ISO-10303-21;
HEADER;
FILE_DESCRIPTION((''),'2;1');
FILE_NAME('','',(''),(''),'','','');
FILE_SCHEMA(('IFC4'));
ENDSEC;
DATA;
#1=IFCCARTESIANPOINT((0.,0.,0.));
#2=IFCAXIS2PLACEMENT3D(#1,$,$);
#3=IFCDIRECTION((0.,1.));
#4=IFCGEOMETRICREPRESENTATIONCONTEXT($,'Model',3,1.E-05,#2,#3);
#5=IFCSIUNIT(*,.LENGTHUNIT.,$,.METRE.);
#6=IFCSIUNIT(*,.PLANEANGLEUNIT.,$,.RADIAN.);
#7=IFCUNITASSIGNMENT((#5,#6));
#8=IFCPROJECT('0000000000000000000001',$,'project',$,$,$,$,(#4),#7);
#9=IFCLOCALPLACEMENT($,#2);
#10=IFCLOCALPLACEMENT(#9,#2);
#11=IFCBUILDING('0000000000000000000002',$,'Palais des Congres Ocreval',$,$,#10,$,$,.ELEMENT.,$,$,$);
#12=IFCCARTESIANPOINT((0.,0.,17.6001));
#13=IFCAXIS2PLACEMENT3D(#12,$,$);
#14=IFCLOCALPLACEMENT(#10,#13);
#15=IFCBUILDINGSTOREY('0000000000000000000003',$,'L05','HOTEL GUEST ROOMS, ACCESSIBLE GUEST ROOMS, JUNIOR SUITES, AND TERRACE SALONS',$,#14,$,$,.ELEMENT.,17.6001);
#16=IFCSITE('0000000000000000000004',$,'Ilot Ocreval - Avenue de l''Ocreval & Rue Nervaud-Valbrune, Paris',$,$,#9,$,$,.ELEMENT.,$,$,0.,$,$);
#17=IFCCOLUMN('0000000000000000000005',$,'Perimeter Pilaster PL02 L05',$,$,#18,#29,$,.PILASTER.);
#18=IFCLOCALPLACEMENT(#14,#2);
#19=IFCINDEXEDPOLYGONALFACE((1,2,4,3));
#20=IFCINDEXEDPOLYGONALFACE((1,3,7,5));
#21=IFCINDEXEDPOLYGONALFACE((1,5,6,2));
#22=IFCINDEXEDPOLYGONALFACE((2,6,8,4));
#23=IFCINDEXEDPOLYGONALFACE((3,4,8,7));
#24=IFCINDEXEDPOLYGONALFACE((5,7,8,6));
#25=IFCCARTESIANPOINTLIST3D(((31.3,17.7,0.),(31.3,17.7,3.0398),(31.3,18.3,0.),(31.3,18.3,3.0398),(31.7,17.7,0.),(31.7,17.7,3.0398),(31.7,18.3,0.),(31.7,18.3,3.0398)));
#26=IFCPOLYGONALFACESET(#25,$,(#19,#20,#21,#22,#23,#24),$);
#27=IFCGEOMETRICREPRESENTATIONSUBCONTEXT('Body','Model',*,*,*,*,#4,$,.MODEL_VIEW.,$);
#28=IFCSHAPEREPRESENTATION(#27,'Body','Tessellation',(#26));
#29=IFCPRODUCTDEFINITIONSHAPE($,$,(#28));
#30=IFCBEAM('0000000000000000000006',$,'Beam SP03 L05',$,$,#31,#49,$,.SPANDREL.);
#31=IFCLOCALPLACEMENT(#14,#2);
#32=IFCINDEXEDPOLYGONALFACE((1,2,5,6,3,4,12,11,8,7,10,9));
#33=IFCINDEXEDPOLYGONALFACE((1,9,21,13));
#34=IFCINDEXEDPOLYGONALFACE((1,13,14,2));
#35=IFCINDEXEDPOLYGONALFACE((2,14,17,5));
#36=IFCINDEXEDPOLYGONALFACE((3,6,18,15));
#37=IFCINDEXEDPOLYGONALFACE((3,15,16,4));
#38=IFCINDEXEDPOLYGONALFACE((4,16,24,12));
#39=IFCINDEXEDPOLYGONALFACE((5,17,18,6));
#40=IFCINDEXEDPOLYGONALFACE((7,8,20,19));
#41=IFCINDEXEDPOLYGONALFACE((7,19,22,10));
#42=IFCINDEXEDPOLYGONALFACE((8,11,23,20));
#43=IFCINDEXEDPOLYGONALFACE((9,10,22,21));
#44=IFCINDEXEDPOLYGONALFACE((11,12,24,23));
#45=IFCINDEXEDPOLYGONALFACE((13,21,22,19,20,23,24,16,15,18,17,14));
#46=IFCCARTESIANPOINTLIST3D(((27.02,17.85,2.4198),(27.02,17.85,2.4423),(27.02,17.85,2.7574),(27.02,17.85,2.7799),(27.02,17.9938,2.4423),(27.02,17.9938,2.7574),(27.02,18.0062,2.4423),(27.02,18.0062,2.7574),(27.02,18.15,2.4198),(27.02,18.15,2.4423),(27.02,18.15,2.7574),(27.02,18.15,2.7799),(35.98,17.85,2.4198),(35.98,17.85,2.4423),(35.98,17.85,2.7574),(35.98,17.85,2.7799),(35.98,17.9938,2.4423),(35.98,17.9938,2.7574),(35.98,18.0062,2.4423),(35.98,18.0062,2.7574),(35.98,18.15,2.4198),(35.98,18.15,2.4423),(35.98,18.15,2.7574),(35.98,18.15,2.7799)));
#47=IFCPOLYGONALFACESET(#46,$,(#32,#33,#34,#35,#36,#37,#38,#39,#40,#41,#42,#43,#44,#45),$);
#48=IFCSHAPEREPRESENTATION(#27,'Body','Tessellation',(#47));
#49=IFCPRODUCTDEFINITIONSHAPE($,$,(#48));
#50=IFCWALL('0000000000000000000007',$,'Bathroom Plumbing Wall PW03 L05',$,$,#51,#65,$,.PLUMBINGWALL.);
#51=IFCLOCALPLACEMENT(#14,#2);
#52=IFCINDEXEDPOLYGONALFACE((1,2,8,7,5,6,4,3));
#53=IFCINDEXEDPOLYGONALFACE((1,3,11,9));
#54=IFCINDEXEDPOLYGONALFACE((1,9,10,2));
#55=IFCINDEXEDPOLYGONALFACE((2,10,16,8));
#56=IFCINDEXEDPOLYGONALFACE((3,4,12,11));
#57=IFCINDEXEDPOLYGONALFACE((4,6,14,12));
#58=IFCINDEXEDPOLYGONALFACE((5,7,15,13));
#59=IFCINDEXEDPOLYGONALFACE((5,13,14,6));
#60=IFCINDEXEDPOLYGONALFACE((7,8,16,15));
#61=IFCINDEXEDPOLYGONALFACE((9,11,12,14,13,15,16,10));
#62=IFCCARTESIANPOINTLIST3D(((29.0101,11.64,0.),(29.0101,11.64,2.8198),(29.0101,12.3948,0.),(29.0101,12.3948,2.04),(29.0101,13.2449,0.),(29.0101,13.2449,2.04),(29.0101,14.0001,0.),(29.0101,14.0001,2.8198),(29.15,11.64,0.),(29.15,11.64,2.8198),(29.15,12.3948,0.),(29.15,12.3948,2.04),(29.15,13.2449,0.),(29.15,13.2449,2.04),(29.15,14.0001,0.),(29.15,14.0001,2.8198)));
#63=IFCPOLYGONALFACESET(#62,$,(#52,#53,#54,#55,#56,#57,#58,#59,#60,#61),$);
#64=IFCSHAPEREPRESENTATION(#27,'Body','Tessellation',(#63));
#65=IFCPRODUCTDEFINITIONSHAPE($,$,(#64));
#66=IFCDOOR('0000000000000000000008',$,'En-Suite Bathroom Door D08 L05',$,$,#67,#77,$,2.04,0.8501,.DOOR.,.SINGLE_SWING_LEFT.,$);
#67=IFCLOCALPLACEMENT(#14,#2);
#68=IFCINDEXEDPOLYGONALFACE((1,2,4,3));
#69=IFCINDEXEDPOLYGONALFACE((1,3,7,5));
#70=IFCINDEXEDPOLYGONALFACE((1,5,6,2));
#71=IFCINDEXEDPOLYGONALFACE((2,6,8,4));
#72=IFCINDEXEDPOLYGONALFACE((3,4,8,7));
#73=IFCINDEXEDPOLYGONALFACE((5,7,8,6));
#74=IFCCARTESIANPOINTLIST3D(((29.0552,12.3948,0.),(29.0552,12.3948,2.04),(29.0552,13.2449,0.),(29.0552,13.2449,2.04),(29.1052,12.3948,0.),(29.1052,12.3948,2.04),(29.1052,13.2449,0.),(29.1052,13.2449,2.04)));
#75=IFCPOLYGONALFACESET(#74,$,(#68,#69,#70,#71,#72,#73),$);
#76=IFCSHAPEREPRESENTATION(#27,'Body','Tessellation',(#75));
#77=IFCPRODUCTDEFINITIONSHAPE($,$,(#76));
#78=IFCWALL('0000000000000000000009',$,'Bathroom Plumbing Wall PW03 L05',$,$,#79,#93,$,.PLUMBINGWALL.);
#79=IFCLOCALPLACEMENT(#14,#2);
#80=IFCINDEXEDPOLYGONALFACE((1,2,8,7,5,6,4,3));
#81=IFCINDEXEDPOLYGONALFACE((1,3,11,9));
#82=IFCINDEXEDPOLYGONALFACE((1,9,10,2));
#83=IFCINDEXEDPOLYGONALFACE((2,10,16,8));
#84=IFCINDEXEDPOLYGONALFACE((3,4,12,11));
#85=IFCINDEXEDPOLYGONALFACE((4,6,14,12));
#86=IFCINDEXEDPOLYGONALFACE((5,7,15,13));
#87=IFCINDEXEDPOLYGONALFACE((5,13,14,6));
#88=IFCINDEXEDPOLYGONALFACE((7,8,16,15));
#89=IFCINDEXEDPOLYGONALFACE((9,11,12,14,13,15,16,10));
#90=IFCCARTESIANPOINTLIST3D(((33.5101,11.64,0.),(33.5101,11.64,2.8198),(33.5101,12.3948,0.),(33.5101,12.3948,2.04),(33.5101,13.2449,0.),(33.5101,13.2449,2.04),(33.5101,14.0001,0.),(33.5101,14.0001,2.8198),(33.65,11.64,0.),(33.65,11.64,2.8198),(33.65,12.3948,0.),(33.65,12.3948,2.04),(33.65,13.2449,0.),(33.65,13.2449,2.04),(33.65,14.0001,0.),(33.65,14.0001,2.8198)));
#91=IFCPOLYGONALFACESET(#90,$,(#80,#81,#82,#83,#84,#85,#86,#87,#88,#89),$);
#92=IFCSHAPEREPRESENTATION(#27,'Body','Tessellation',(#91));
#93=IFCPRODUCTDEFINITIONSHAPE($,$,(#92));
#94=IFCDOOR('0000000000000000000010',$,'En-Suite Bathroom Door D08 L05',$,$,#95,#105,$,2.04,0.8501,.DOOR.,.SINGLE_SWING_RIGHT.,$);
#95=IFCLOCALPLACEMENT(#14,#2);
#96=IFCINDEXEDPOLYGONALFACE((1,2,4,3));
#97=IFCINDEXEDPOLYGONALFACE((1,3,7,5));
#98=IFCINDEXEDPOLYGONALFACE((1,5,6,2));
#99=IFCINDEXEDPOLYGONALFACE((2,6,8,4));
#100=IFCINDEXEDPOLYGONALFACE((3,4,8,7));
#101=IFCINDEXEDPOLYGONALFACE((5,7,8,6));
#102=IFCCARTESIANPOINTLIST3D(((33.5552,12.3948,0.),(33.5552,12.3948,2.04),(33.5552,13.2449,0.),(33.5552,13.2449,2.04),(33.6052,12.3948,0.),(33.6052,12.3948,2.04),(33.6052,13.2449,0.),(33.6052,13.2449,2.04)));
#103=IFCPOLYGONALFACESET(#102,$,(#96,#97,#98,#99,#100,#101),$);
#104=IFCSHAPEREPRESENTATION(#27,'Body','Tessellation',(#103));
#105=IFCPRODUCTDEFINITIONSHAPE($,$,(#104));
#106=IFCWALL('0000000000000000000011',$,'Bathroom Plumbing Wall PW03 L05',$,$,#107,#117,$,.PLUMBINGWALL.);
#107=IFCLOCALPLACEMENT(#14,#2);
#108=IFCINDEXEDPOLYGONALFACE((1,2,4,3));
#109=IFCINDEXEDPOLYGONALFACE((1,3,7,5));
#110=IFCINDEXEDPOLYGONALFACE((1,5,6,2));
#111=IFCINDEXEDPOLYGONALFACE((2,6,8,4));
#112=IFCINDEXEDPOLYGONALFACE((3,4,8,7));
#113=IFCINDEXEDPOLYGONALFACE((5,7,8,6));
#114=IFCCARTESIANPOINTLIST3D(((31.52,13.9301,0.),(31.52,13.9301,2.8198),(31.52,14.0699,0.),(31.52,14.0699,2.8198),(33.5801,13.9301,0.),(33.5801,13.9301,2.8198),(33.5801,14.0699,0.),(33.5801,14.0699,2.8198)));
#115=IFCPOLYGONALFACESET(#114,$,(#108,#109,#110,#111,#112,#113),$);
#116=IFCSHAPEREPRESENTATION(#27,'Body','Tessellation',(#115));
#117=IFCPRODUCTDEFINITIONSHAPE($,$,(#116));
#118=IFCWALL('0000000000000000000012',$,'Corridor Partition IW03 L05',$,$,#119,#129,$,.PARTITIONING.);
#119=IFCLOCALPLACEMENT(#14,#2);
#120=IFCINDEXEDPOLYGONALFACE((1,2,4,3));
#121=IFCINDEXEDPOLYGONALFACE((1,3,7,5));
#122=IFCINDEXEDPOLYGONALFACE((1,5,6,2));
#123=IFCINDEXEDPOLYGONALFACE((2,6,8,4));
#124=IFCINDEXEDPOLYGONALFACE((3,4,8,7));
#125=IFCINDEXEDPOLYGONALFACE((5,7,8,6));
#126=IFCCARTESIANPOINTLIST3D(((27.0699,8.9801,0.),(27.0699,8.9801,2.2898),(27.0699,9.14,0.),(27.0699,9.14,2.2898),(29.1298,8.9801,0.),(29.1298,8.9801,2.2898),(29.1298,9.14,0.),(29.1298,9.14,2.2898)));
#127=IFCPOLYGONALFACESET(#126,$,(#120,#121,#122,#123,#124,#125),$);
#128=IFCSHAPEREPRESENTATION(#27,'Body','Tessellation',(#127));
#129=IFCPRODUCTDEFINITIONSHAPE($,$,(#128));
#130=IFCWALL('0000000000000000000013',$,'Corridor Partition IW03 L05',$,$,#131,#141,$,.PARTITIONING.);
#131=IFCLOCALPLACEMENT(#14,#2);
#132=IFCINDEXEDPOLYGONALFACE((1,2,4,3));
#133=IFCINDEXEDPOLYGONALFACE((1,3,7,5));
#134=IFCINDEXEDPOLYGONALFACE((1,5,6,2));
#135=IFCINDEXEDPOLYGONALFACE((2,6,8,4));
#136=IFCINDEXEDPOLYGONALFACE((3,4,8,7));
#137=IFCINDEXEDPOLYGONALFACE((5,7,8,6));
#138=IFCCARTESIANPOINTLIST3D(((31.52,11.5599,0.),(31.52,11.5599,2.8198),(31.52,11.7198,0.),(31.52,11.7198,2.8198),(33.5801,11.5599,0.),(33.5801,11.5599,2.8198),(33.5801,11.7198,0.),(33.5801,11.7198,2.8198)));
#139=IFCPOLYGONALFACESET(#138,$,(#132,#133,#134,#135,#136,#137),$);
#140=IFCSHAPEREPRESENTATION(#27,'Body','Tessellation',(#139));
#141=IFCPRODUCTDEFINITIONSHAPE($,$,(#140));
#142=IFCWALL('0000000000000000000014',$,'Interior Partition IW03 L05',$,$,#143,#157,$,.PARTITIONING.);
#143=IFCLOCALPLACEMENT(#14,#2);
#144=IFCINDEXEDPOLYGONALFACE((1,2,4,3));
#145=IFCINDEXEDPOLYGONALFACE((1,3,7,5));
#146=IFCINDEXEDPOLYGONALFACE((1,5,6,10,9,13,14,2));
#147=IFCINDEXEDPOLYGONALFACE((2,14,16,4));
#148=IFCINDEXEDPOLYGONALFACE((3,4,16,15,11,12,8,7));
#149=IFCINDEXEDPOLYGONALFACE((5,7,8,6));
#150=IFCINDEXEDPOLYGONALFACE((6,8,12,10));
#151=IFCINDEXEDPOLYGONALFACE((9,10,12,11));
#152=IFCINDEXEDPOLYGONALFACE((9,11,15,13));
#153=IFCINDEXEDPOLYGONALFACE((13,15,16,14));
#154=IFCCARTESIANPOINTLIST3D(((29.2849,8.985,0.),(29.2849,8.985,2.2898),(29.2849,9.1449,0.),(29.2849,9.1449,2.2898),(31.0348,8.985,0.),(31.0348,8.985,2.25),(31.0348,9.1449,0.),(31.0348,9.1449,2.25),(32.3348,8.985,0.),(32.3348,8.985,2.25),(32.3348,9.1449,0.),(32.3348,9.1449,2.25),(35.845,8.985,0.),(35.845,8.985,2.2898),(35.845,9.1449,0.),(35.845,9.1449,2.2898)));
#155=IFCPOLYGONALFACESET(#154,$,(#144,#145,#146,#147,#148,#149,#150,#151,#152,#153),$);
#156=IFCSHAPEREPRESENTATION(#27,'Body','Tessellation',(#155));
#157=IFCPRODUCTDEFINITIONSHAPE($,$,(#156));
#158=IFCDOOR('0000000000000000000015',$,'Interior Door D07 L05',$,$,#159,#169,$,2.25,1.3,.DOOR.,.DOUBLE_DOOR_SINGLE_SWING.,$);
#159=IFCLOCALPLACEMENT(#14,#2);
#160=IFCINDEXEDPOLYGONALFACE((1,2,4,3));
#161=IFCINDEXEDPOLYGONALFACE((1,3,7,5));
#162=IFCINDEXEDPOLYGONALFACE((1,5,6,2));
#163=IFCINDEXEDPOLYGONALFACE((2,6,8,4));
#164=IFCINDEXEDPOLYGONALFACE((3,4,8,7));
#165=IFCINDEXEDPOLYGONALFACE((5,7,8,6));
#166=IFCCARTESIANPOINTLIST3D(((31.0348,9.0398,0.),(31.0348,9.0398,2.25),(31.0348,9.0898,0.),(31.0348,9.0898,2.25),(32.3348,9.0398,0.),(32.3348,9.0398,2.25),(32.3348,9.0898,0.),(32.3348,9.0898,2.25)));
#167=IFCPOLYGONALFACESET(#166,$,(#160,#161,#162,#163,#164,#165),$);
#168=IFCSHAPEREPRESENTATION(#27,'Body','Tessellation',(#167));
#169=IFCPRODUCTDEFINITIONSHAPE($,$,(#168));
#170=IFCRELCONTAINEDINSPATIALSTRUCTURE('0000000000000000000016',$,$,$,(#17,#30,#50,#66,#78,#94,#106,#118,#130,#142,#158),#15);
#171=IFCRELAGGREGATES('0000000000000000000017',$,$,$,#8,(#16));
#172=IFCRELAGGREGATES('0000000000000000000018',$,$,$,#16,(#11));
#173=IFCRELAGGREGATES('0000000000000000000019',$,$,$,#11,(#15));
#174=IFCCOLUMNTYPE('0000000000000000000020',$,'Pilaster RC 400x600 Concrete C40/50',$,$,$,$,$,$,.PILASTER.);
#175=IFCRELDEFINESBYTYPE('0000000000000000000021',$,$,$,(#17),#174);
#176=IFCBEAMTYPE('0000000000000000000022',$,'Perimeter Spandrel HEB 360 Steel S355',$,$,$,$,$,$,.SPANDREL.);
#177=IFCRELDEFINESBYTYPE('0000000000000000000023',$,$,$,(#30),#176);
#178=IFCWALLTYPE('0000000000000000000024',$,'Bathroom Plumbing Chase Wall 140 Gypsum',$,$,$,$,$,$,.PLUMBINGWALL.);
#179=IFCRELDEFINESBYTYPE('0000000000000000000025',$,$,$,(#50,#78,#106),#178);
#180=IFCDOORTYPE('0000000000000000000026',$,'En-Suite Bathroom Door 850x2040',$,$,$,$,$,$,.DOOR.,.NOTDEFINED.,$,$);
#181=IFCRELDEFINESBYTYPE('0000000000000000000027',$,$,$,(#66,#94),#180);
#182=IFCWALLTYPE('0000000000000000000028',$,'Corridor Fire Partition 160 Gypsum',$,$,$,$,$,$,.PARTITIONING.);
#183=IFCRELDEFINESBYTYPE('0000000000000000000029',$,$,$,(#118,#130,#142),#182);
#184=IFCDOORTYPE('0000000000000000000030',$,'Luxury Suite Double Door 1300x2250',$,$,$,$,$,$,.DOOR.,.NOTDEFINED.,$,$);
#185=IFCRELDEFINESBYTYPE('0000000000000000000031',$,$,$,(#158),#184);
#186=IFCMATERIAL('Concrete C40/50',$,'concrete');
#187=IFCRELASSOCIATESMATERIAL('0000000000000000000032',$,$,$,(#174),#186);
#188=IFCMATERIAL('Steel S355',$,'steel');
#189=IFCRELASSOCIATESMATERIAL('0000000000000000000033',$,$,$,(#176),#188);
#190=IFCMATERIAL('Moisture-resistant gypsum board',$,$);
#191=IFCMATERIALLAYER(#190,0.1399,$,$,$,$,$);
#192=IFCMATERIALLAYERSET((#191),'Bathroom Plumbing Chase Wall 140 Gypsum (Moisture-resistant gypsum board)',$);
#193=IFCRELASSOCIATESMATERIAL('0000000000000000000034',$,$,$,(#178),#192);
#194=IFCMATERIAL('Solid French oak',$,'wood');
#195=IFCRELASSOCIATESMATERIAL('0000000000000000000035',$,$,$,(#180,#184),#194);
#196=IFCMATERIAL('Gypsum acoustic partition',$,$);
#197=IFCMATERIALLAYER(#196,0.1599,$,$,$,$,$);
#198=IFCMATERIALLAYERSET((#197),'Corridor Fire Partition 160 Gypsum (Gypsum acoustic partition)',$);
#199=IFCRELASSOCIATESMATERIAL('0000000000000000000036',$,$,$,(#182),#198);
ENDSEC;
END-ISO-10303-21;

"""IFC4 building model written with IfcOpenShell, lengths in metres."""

from ifc_helpers import new_model, si_unit, direction, frame, frame_2d, origin, origin_2d, place, context, subcontext, project, spatial, rectangle, i_section, extrude, material, layer, layer_set, material_profile, profile_set, type_object, element, fill, save


model = new_model("IFC4")

# Units and contexts
model_context = context("Model", 3, precision=1e-05, world=origin(), true_north=direction((0.0, 1.0)))
body_context = subcontext(model_context, "Body", "Model", "MODEL_VIEW")
ifc_project = project(units=[si_unit("LENGTHUNIT", "METRE"), si_unit("PLANEANGLEUNIT", "RADIAN")], contexts=[model_context])

# Site, building, storey
site_placement = place(None, origin())
site = spatial("IfcSite", under=ifc_project, at=site_placement, Name="Ilot Ocreval - Avenue de l'Ocreval & Rue Nervaud-Valbrune, Paris", CompositionType="ELEMENT", RefElevation=0.0)
building_placement = place(site_placement, origin())
building = spatial("IfcBuilding", under=site, at=building_placement, Name="Palais des Congres Ocreval", CompositionType="ELEMENT")
storey_placement = place(building_placement, frame((0.0, 0.0, 17.6001)))
storey = spatial("IfcBuildingStorey", under=building, at=storey_placement, Name="L05", Description="HOTEL GUEST ROOMS, ACCESSIBLE GUEST ROOMS, JUNIOR SUITES, AND TERRACE SALONS", CompositionType="ELEMENT", Elevation=17.6001)

# Column
ifc_material_1 = material(Name="Concrete C40/50", Category="concrete")
ifc_material_profile_1 = material_profile(ifc_material_1, rectangle(XDim=0.3999, YDim=0.6001, at=origin_2d()), Name="RC 400x600")
ifc_profile_set_1 = profile_set([ifc_material_profile_1], Name="Concrete C40/50")
column_type = type_object("IfcColumnType", Name="Pilaster RC 400x600 Concrete C40/50", PredefinedType="PILASTER", material=ifc_profile_set_1)
column_placement = place(storey_placement, frame((31.5, 18.0, 0.0), z_axis=(0.0, 0.0, 1.0), x_axis=(1.0, 0.0, 0.0)))
element("IfcColumn", 1, at=column_placement, inside=storey, type_object=column_type, Name="Perimeter Pilaster PL02 L05", PredefinedType="PILASTER", context=body_context, shape_type="SweptSolid", body=[
    extrude(rectangle(XDim=0.3999, YDim=0.6001, at=origin_2d()), origin(), (0.0, 0.0, 1.0), 3.0398),
])

# Beam
ifc_material_2 = material(Name="Steel S355", Category="steel")
ifc_material_profile_2 = material_profile(ifc_material_2, i_section(OverallWidth=0.3, OverallDepth=0.3601, WebThickness=0.0125, FlangeThickness=0.0225, at=origin_2d()), Name="HEB 360")
ifc_profile_set_2 = profile_set([ifc_material_profile_2], Name="Steel S355")
beam_type = type_object("IfcBeamType", Name="Perimeter Spandrel HEB 360 Steel S355", PredefinedType="SPANDREL", material=ifc_profile_set_2)
beam_placement = place(storey_placement, frame((27.02, 18.0, 2.5999), z_axis=(1.0, 0.0, 0.0), x_axis=(0.0, 1.0, 0.0)))
element("IfcBeam", 2, at=beam_placement, inside=storey, type_object=beam_type, Name="Beam SP03 L05", PredefinedType="SPANDREL", context=body_context, shape_type="SweptSolid", body=[
    extrude(i_section(OverallWidth=0.3, OverallDepth=0.3601, WebThickness=0.0125, FlangeThickness=0.0225, at=origin_2d()), origin(), (0.0, 0.0, 1.0), 8.96),
])

# Walls, openings, doors
ifc_material_3 = material(Name="Moisture-resistant gypsum board")
ifc_layer_1 = layer(ifc_material_3, 0.1399)
ifc_layer_set_1 = layer_set([ifc_layer_1], Name="Bathroom Plumbing Chase Wall 140 Gypsum (Moisture-resistant gypsum board)")
wall_type_1 = type_object("IfcWallType", Name="Bathroom Plumbing Chase Wall 140 Gypsum", PredefinedType="PLUMBINGWALL", material=ifc_layer_set_1)
wall_1_placement = place(storey_placement, frame((29.0801, 11.6399, 0.0), z_axis=(0.0, 0.0, 1.0), x_axis=(0.0, 1.0, 0.0)))
wall_1 = element("IfcWall", 3, at=wall_1_placement, inside=storey, type_object=wall_type_1, Name="Bathroom Plumbing Wall PW03 L05", PredefinedType="PLUMBINGWALL", context=body_context, shape_type="SweptSolid", body=[
    extrude(rectangle(XDim=2.3601, YDim=0.1399, at=frame_2d((1.1802, 0.0))), origin(), (0.0, 0.0, 1.0), 2.8198),
])
opening_1_placement = place(wall_1_placement, frame((0.7549, 0.0, 0.0)))
opening_1 = element("IfcOpeningElement", 4, at=opening_1_placement, cuts=wall_1, PredefinedType="OPENING", context=body_context, shape_type="SweptSolid", body=[
    extrude(rectangle(XDim=0.8501, YDim=2.04, at=frame_2d((0.425, 1.02))), frame((0.0, 0.0798, 0.0), z_axis=(0.0, -1.0, 0.0), x_axis=(1.0, 0.0, 0.0)), (0.0, 0.0, 1.0), 0.1599),
])
ifc_material_4 = material(Name="Solid French oak", Category="wood")
door_type_1 = type_object("IfcDoorType", Name="En-Suite Bathroom Door 850x2040", OperationType="NOTDEFINED", PredefinedType="DOOR", material=ifc_material_4)
door_1_placement = place(opening_1_placement, origin())
door_1 = element("IfcDoor", 5, at=door_1_placement, inside=storey, type_object=door_type_1, Name="En-Suite Bathroom Door D08 L05", OperationType="SINGLE_SWING_LEFT", OverallHeight=2.04, OverallWidth=0.8501, PredefinedType="DOOR", context=body_context, shape_type="SweptSolid", body=[
    extrude(rectangle(XDim=0.8501, YDim=2.04, at=frame_2d((0.425, 1.02))), frame((0.0, 0.0249, 0.0), z_axis=(0.0, -1.0, 0.0), x_axis=(1.0, 0.0, 0.0)), (0.0, 0.0, 1.0), 0.05),
])
fill(opening_1, door_1)
wall_2_placement = place(storey_placement, frame((33.5801, 11.6399, 0.0), z_axis=(0.0, 0.0, 1.0), x_axis=(0.0, 1.0, 0.0)))
wall_2 = element("IfcWall", 6, at=wall_2_placement, inside=storey, type_object=wall_type_1, Name="Bathroom Plumbing Wall PW03 L05", PredefinedType="PLUMBINGWALL", context=body_context, shape_type="SweptSolid", body=[
    extrude(rectangle(XDim=2.3601, YDim=0.1399, at=frame_2d((1.1802, 0.0))), origin(), (0.0, 0.0, 1.0), 2.8198),
])
opening_2_placement = place(wall_2_placement, frame((0.7549, 0.0, 0.0)))
opening_2 = element("IfcOpeningElement", 7, at=opening_2_placement, cuts=wall_2, PredefinedType="OPENING", context=body_context, shape_type="SweptSolid", body=[
    extrude(rectangle(XDim=0.8501, YDim=2.04, at=frame_2d((0.425, 1.02))), frame((0.0, 0.0798, 0.0), z_axis=(0.0, -1.0, 0.0), x_axis=(1.0, 0.0, 0.0)), (0.0, 0.0, 1.0), 0.1599),
])
door_2_placement = place(opening_2_placement, origin())
door_2 = element("IfcDoor", 8, at=door_2_placement, inside=storey, type_object=door_type_1, Name="En-Suite Bathroom Door D08 L05", OperationType="SINGLE_SWING_RIGHT", OverallHeight=2.04, OverallWidth=0.8501, PredefinedType="DOOR", context=body_context, shape_type="SweptSolid", body=[
    extrude(rectangle(XDim=0.8501, YDim=2.04, at=frame_2d((0.425, 1.02))), frame((0.0, 0.0249, 0.0), z_axis=(0.0, -1.0, 0.0), x_axis=(1.0, 0.0, 0.0)), (0.0, 0.0, 1.0), 0.05),
])
fill(opening_2, door_2)

# Walls
wall_3_placement = place(storey_placement, frame((31.52, 14.0, 0.0), z_axis=(0.0, 0.0, 1.0), x_axis=(1.0, 0.0, 0.0)))
element("IfcWall", 9, at=wall_3_placement, inside=storey, type_object=wall_type_1, Name="Bathroom Plumbing Wall PW03 L05", PredefinedType="PLUMBINGWALL", context=body_context, shape_type="SweptSolid", body=[
    extrude(rectangle(XDim=2.0601, YDim=0.1399, at=frame_2d((1.03, 0.0))), origin(), (0.0, 0.0, 1.0), 2.8198),
])
ifc_material_5 = material(Name="Gypsum acoustic partition")
ifc_layer_2 = layer(ifc_material_5, 0.1599)
ifc_layer_set_2 = layer_set([ifc_layer_2], Name="Corridor Fire Partition 160 Gypsum (Gypsum acoustic partition)")
wall_type_2 = type_object("IfcWallType", Name="Corridor Fire Partition 160 Gypsum", PredefinedType="PARTITIONING", material=ifc_layer_set_2)
wall_4_placement = place(storey_placement, frame((27.0701, 9.0601, 0.0), z_axis=(0.0, 0.0, 1.0), x_axis=(1.0, 0.0, 0.0)))
element("IfcWall", 10, at=wall_4_placement, inside=storey, type_object=wall_type_2, Name="Corridor Partition IW03 L05", PredefinedType="PARTITIONING", context=body_context, shape_type="SweptSolid", body=[
    extrude(rectangle(XDim=2.0598, YDim=0.1599, at=frame_2d((1.0298, 0.0))), origin(), (0.0, 0.0, 1.0), 2.2898),
])
wall_5_placement = place(storey_placement, frame((31.52, 11.6399, 0.0), z_axis=(0.0, 0.0, 1.0), x_axis=(1.0, 0.0, 0.0)))
element("IfcWall", 11, at=wall_5_placement, inside=storey, type_object=wall_type_2, Name="Corridor Partition IW03 L05", PredefinedType="PARTITIONING", context=body_context, shape_type="SweptSolid", body=[
    extrude(rectangle(XDim=2.0601, YDim=0.1599, at=frame_2d((1.03, 0.0))), origin(), (0.0, 0.0, 1.0), 2.8198),
])

# Wall, opening, door
wall_6_placement = place(storey_placement, frame((29.2849, 9.0649, 0.0), z_axis=(0.0, 0.0, 1.0), x_axis=(1.0, 0.0, 0.0)))
wall_6 = element("IfcWall", 12, at=wall_6_placement, inside=storey, type_object=wall_type_2, Name="Interior Partition IW03 L05", PredefinedType="PARTITIONING", context=body_context, shape_type="SweptSolid", body=[
    extrude(rectangle(XDim=6.5601, YDim=0.1599, at=frame_2d((3.28, 0.0))), origin(), (0.0, 0.0, 1.0), 2.2898),
])
opening_3_placement = place(wall_6_placement, frame((1.75, 0.0, 0.0)))
opening_3 = element("IfcOpeningElement", 13, at=opening_3_placement, cuts=wall_6, PredefinedType="OPENING", context=body_context, shape_type="SweptSolid", body=[
    extrude(rectangle(XDim=1.3, YDim=2.25, at=frame_2d((0.6499, 1.125))), frame((0.0, 0.0898, 0.0), z_axis=(0.0, -1.0, 0.0), x_axis=(1.0, 0.0, 0.0)), (0.0, 0.0, 1.0), 0.1799),
])
door_type_2 = type_object("IfcDoorType", Name="Luxury Suite Double Door 1300x2250", OperationType="NOTDEFINED", PredefinedType="DOOR", material=ifc_material_4)
door_3_placement = place(opening_3_placement, origin())
door_3 = element("IfcDoor", 14, at=door_3_placement, inside=storey, type_object=door_type_2, Name="Interior Door D07 L05", OperationType="DOUBLE_DOOR_SINGLE_SWING", OverallHeight=2.25, OverallWidth=1.3, PredefinedType="DOOR", context=body_context, shape_type="SweptSolid", body=[
    extrude(rectangle(XDim=1.3, YDim=2.25, at=frame_2d((0.6499, 1.125))), frame((0.0, 0.0249, 0.0), z_axis=(0.0, -1.0, 0.0), x_axis=(1.0, 0.0, 0.0)), (0.0, 0.0, 1.0), 0.05),
])
fill(opening_3, door_3)

save(model, "model.ifc")
